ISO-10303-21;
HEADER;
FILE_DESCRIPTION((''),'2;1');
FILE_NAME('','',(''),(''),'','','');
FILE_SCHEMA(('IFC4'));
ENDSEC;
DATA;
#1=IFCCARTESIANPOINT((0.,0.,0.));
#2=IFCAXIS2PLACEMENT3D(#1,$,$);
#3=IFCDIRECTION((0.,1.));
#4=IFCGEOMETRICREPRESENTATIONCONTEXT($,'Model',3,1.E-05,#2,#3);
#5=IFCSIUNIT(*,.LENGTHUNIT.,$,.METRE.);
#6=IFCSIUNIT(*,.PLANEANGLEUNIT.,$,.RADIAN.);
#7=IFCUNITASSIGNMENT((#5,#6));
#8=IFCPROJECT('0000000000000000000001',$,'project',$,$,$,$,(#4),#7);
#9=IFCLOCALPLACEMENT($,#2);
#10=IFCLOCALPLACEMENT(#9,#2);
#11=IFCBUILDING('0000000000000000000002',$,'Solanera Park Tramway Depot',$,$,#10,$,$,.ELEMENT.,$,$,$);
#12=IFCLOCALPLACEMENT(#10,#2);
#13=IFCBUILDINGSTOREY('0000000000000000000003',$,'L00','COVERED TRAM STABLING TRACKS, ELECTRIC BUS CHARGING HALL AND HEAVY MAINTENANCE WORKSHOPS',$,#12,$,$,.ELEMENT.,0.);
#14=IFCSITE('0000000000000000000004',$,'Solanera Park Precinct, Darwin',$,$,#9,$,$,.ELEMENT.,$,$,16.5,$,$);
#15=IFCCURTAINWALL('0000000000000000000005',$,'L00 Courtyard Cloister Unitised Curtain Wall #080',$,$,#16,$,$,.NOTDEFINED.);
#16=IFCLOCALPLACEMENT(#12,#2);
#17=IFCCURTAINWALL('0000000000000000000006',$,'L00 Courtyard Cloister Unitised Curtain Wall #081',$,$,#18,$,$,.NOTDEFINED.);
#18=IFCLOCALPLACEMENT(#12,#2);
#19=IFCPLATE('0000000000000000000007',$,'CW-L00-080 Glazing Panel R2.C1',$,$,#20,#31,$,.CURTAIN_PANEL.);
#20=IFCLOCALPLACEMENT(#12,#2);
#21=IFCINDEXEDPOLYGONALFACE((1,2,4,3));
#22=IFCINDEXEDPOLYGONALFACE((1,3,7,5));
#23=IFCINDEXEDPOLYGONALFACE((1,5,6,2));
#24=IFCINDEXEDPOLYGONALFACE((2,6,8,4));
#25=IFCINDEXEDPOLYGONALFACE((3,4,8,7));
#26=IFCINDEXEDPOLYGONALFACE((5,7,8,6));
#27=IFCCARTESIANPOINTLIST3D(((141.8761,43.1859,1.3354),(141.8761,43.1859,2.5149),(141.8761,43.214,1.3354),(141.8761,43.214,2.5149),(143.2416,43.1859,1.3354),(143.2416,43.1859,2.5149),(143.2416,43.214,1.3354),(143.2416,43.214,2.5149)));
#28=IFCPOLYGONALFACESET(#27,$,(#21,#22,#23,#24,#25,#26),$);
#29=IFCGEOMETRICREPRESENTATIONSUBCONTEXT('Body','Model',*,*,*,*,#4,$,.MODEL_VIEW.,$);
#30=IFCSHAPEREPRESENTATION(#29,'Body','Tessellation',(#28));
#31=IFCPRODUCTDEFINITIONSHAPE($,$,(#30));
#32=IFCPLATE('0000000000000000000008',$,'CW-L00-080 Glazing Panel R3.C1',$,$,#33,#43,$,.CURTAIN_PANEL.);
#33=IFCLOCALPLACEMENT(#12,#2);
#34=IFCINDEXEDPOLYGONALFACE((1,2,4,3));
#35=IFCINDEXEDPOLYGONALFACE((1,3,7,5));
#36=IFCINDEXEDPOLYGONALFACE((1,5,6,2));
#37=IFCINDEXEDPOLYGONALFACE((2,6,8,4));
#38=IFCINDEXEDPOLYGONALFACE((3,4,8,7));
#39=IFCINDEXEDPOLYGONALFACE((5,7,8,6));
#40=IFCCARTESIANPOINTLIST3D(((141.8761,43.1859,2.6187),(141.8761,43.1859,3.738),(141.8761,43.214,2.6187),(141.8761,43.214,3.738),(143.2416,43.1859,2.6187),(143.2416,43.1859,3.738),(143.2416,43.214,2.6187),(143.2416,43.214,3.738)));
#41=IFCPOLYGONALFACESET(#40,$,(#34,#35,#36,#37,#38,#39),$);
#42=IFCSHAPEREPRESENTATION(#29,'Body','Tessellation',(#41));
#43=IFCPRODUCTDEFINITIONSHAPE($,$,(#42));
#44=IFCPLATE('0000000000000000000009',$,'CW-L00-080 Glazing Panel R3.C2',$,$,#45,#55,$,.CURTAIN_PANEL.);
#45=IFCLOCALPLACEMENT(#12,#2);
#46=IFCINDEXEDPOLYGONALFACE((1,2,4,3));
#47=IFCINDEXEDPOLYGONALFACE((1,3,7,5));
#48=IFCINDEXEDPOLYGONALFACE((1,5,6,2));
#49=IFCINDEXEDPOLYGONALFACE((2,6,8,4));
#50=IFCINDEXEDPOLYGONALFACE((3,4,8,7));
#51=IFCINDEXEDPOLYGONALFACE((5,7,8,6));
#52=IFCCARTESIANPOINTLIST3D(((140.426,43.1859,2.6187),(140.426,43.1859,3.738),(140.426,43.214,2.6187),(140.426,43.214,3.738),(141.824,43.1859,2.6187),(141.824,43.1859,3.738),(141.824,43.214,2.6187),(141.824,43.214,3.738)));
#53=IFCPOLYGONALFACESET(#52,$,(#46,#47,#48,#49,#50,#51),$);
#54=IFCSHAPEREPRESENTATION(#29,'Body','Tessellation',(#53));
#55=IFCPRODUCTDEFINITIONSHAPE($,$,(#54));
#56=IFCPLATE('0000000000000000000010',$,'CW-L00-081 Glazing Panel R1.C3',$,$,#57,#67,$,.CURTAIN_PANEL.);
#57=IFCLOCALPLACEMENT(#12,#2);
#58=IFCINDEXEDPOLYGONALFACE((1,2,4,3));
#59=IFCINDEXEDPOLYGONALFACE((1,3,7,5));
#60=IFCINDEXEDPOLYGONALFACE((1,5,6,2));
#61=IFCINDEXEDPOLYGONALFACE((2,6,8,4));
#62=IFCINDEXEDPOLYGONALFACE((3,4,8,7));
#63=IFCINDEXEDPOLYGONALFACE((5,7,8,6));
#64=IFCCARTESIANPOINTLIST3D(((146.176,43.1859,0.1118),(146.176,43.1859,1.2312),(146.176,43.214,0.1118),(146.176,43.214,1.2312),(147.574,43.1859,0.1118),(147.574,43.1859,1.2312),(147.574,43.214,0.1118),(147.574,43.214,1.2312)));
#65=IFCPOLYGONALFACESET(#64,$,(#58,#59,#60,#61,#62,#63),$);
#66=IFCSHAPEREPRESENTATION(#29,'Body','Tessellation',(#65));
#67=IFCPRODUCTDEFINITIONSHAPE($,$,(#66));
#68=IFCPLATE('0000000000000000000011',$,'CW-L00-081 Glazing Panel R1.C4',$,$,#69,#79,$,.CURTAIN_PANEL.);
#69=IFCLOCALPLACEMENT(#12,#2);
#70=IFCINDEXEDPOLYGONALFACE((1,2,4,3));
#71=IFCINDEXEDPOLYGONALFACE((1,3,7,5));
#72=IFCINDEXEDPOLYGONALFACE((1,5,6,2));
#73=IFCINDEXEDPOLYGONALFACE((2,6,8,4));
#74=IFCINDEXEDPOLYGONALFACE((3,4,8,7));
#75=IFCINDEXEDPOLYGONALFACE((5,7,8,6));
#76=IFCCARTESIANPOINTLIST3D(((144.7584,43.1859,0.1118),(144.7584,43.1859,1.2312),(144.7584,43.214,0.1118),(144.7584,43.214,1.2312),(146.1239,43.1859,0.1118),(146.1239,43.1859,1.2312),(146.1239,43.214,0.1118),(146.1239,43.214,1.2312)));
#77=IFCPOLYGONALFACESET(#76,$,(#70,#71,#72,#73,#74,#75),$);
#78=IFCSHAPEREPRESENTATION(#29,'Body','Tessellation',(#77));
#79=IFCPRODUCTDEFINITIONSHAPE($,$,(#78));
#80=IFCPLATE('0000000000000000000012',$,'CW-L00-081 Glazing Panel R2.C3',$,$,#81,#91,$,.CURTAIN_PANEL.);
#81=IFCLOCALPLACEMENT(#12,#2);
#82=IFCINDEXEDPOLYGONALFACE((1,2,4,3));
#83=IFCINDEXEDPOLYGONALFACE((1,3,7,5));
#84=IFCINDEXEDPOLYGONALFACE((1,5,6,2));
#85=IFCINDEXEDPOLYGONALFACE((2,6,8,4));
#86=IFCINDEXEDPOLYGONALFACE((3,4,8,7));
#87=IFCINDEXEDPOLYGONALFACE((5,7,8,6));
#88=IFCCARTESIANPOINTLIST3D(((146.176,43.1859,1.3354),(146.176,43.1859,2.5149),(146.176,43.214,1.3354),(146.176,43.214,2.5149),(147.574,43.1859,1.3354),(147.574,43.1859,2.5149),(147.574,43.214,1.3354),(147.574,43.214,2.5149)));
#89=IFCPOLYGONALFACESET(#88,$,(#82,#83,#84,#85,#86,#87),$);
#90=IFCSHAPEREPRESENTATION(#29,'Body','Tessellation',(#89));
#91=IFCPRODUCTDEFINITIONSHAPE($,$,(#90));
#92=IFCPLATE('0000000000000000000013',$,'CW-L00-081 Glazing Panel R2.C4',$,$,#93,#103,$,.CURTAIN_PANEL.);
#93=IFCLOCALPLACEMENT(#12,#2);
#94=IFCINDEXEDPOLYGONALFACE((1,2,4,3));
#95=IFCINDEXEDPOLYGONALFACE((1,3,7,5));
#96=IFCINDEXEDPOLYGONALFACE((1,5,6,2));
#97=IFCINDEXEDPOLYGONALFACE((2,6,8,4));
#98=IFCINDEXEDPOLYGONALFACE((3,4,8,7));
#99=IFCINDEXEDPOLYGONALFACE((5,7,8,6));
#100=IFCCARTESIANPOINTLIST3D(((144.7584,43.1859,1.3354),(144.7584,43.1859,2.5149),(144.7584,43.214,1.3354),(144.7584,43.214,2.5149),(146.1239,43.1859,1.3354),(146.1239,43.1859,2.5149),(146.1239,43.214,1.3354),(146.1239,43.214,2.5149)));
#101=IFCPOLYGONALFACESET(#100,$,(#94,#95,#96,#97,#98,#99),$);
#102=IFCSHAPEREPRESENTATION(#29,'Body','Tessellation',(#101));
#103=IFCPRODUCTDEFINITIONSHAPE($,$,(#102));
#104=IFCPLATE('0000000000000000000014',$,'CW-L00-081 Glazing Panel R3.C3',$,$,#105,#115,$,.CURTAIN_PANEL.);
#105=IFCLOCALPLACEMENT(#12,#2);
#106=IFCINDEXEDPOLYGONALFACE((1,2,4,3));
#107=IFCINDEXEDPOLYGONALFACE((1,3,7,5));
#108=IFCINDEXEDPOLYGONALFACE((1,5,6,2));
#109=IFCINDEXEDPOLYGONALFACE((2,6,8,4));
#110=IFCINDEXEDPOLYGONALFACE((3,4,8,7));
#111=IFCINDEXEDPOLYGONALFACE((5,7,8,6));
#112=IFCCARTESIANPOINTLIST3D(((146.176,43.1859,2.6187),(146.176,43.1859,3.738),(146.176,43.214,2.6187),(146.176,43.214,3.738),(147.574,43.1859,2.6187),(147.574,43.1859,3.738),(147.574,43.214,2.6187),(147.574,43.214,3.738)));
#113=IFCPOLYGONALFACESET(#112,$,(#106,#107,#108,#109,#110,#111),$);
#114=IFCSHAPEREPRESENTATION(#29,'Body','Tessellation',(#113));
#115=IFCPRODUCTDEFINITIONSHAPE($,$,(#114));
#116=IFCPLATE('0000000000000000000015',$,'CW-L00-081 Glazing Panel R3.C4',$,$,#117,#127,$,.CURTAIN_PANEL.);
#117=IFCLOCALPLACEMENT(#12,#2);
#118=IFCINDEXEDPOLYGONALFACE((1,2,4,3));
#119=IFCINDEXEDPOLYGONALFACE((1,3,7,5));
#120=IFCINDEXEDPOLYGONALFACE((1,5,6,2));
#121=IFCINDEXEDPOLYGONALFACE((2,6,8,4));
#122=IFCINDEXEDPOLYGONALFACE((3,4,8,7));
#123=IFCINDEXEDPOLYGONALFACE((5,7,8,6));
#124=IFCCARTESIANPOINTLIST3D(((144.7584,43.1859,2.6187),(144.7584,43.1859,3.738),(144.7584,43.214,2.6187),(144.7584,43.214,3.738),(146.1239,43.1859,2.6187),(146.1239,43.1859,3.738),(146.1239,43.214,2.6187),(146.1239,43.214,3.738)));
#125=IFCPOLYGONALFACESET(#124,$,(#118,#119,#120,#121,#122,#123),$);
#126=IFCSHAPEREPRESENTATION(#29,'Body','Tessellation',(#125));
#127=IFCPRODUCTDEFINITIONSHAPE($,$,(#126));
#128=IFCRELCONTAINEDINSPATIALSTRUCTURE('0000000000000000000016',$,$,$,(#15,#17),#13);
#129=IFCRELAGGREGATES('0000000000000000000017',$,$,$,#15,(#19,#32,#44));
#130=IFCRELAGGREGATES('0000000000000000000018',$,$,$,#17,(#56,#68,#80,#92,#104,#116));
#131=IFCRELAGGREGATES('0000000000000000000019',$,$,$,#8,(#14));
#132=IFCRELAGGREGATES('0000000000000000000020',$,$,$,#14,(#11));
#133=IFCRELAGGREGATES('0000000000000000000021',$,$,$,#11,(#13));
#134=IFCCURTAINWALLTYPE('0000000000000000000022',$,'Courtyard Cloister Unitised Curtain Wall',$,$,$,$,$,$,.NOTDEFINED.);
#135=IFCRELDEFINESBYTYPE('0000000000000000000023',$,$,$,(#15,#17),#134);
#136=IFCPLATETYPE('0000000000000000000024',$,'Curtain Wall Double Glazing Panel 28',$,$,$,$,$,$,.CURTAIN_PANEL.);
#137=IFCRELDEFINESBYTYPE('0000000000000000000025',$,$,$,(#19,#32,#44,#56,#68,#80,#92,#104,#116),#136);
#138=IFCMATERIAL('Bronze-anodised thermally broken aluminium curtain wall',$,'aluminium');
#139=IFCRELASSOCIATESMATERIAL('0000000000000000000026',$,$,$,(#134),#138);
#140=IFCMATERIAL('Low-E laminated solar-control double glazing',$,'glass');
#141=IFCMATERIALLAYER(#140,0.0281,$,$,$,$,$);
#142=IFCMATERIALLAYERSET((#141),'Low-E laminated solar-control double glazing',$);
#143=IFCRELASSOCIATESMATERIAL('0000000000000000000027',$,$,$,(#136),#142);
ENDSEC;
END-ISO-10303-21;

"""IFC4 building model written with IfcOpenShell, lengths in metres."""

from ifc_helpers import new_model, si_unit, direction, frame, origin, origin_2d, place, context, subcontext, project, spatial, rectangle, extrude, material, layer, layer_set, type_object, element, aggregate, save


model = new_model("IFC4")

# Units and contexts
model_context = context("Model", 3, precision=1e-05, world=origin(), true_north=direction((0.0, 1.0)))
body_context = subcontext(model_context, "Body", "Model", "MODEL_VIEW")
ifc_project = project(units=[si_unit("LENGTHUNIT", "METRE"), si_unit("PLANEANGLEUNIT", "RADIAN")], contexts=[model_context])

# Site, building, storey
site_placement = place(None, origin())
site = spatial("IfcSite", under=ifc_project, at=site_placement, Name="Solanera Park Precinct, Darwin", CompositionType="ELEMENT", RefElevation=16.5)
building_placement = place(site_placement, origin())
building = spatial("IfcBuilding", under=site, at=building_placement, Name="Solanera Park Tramway Depot", CompositionType="ELEMENT")
storey_placement = place(building_placement, origin())
storey = spatial("IfcBuildingStorey", under=building, at=storey_placement, Name="L00", Description="COVERED TRAM STABLING TRACKS, ELECTRIC BUS CHARGING HALL AND HEAVY MAINTENANCE WORKSHOPS", CompositionType="ELEMENT", Elevation=0.0)

# Curtain walls
ifc_material_1 = material(Name="Bronze-anodised thermally broken aluminium curtain wall", Category="aluminium")
curtain_wall_type = type_object("IfcCurtainWallType", Name="Courtyard Cloister Unitised Curtain Wall", PredefinedType="NOTDEFINED", material=ifc_material_1)
curtain_wall_1_placement = place(storey_placement, origin())
curtain_wall_1 = element("IfcCurtainWall", 1, at=curtain_wall_1_placement, inside=storey, type_object=curtain_wall_type, Name="L00 Courtyard Cloister Unitised Curtain Wall #080", PredefinedType="NOTDEFINED")
curtain_wall_2_placement = place(storey_placement, origin())
curtain_wall_2 = element("IfcCurtainWall", 2, at=curtain_wall_2_placement, inside=storey, type_object=curtain_wall_type, Name="L00 Courtyard Cloister Unitised Curtain Wall #081", PredefinedType="NOTDEFINED")

# Plates
ifc_material_2 = material(Name="Low-E laminated solar-control double glazing", Category="glass")
ifc_layer = layer(ifc_material_2, 0.0281)
ifc_layer_set = layer_set([ifc_layer], Name="Low-E laminated solar-control double glazing")
plate_type = type_object("IfcPlateType", Name="Curtain Wall Double Glazing Panel 28", PredefinedType="CURTAIN_PANEL", material=ifc_layer_set)
plate_1_placement = place(storey_placement, frame((142.5588, 43.2, 1.3354), z_axis=(0.0, 0.0, 1.0), x_axis=(-1.0, 0.0, 0.0)))
plate_1 = element("IfcPlate", 3, at=plate_1_placement, type_object=plate_type, Name="CW-L00-080 Glazing Panel R2.C1", PredefinedType="CURTAIN_PANEL", context=body_context, shape_type="SweptSolid", body=[
    extrude(rectangle(XDim=1.3655, YDim=0.0281, at=origin_2d()), origin(), (0.0, 0.0, 1.0), 1.1794),
])
plate_2_placement = place(storey_placement, frame((142.5588, 43.2, 2.6187), z_axis=(0.0, 0.0, 1.0), x_axis=(-1.0, 0.0, 0.0)))
plate_2 = element("IfcPlate", 4, at=plate_2_placement, type_object=plate_type, Name="CW-L00-080 Glazing Panel R3.C1", PredefinedType="CURTAIN_PANEL", context=body_context, shape_type="SweptSolid", body=[
    extrude(rectangle(XDim=1.3655, YDim=0.0281, at=origin_2d()), origin(), (0.0, 0.0, 1.0), 1.1194),
])
plate_3_placement = place(storey_placement, frame((141.125, 43.2, 2.6187), z_axis=(0.0, 0.0, 1.0), x_axis=(-1.0, 0.0, 0.0)))
plate_3 = element("IfcPlate", 5, at=plate_3_placement, type_object=plate_type, Name="CW-L00-080 Glazing Panel R3.C2", PredefinedType="CURTAIN_PANEL", context=body_context, shape_type="SweptSolid", body=[
    extrude(rectangle(XDim=1.3979, YDim=0.0281, at=origin_2d()), origin(), (0.0, 0.0, 1.0), 1.1194),
])
aggregate(curtain_wall_1, [plate_1, plate_2, plate_3])
plate_4_placement = place(storey_placement, frame((146.875, 43.2, 0.1118), z_axis=(0.0, 0.0, 1.0), x_axis=(-1.0, 0.0, 0.0)))
plate_4 = element("IfcPlate", 6, at=plate_4_placement, type_object=plate_type, Name="CW-L00-081 Glazing Panel R1.C3", PredefinedType="CURTAIN_PANEL", context=body_context, shape_type="SweptSolid", body=[
    extrude(rectangle(XDim=1.3979, YDim=0.0281, at=origin_2d()), origin(), (0.0, 0.0, 1.0), 1.1194),
])
plate_5_placement = place(storey_placement, frame((145.4412, 43.2, 0.1118), z_axis=(0.0, 0.0, 1.0), x_axis=(-1.0, 0.0, 0.0)))
plate_5 = element("IfcPlate", 7, at=plate_5_placement, type_object=plate_type, Name="CW-L00-081 Glazing Panel R1.C4", PredefinedType="CURTAIN_PANEL", context=body_context, shape_type="SweptSolid", body=[
    extrude(rectangle(XDim=1.3655, YDim=0.0281, at=origin_2d()), origin(), (0.0, 0.0, 1.0), 1.1194),
])
plate_6_placement = place(storey_placement, frame((146.875, 43.2, 1.3354), z_axis=(0.0, 0.0, 1.0), x_axis=(-1.0, 0.0, 0.0)))
plate_6 = element("IfcPlate", 8, at=plate_6_placement, type_object=plate_type, Name="CW-L00-081 Glazing Panel R2.C3", PredefinedType="CURTAIN_PANEL", context=body_context, shape_type="SweptSolid", body=[
    extrude(rectangle(XDim=1.3979, YDim=0.0281, at=origin_2d()), origin(), (0.0, 0.0, 1.0), 1.1794),
])
plate_7_placement = place(storey_placement, frame((145.4412, 43.2, 1.3354), z_axis=(0.0, 0.0, 1.0), x_axis=(-1.0, 0.0, 0.0)))
plate_7 = element("IfcPlate", 9, at=plate_7_placement, type_object=plate_type, Name="CW-L00-081 Glazing Panel R2.C4", PredefinedType="CURTAIN_PANEL", context=body_context, shape_type="SweptSolid", body=[
    extrude(rectangle(XDim=1.3655, YDim=0.0281, at=origin_2d()), origin(), (0.0, 0.0, 1.0), 1.1794),
])
plate_8_placement = place(storey_placement, frame((146.875, 43.2, 2.6187), z_axis=(0.0, 0.0, 1.0), x_axis=(-1.0, 0.0, 0.0)))
plate_8 = element("IfcPlate", 10, at=plate_8_placement, type_object=plate_type, Name="CW-L00-081 Glazing Panel R3.C3", PredefinedType="CURTAIN_PANEL", context=body_context, shape_type="SweptSolid", body=[
    extrude(rectangle(XDim=1.3979, YDim=0.0281, at=origin_2d()), origin(), (0.0, 0.0, 1.0), 1.1194),
])
plate_9_placement = place(storey_placement, frame((145.4412, 43.2, 2.6187), z_axis=(0.0, 0.0, 1.0), x_axis=(-1.0, 0.0, 0.0)))
plate_9 = element("IfcPlate", 11, at=plate_9_placement, type_object=plate_type, Name="CW-L00-081 Glazing Panel R3.C4", PredefinedType="CURTAIN_PANEL", context=body_context, shape_type="SweptSolid", body=[
    extrude(rectangle(XDim=1.3655, YDim=0.0281, at=origin_2d()), origin(), (0.0, 0.0, 1.0), 1.1194),
])
aggregate(curtain_wall_2, [plate_4, plate_5, plate_6, plate_7, plate_8, plate_9])

save(model, "model.ifc")
